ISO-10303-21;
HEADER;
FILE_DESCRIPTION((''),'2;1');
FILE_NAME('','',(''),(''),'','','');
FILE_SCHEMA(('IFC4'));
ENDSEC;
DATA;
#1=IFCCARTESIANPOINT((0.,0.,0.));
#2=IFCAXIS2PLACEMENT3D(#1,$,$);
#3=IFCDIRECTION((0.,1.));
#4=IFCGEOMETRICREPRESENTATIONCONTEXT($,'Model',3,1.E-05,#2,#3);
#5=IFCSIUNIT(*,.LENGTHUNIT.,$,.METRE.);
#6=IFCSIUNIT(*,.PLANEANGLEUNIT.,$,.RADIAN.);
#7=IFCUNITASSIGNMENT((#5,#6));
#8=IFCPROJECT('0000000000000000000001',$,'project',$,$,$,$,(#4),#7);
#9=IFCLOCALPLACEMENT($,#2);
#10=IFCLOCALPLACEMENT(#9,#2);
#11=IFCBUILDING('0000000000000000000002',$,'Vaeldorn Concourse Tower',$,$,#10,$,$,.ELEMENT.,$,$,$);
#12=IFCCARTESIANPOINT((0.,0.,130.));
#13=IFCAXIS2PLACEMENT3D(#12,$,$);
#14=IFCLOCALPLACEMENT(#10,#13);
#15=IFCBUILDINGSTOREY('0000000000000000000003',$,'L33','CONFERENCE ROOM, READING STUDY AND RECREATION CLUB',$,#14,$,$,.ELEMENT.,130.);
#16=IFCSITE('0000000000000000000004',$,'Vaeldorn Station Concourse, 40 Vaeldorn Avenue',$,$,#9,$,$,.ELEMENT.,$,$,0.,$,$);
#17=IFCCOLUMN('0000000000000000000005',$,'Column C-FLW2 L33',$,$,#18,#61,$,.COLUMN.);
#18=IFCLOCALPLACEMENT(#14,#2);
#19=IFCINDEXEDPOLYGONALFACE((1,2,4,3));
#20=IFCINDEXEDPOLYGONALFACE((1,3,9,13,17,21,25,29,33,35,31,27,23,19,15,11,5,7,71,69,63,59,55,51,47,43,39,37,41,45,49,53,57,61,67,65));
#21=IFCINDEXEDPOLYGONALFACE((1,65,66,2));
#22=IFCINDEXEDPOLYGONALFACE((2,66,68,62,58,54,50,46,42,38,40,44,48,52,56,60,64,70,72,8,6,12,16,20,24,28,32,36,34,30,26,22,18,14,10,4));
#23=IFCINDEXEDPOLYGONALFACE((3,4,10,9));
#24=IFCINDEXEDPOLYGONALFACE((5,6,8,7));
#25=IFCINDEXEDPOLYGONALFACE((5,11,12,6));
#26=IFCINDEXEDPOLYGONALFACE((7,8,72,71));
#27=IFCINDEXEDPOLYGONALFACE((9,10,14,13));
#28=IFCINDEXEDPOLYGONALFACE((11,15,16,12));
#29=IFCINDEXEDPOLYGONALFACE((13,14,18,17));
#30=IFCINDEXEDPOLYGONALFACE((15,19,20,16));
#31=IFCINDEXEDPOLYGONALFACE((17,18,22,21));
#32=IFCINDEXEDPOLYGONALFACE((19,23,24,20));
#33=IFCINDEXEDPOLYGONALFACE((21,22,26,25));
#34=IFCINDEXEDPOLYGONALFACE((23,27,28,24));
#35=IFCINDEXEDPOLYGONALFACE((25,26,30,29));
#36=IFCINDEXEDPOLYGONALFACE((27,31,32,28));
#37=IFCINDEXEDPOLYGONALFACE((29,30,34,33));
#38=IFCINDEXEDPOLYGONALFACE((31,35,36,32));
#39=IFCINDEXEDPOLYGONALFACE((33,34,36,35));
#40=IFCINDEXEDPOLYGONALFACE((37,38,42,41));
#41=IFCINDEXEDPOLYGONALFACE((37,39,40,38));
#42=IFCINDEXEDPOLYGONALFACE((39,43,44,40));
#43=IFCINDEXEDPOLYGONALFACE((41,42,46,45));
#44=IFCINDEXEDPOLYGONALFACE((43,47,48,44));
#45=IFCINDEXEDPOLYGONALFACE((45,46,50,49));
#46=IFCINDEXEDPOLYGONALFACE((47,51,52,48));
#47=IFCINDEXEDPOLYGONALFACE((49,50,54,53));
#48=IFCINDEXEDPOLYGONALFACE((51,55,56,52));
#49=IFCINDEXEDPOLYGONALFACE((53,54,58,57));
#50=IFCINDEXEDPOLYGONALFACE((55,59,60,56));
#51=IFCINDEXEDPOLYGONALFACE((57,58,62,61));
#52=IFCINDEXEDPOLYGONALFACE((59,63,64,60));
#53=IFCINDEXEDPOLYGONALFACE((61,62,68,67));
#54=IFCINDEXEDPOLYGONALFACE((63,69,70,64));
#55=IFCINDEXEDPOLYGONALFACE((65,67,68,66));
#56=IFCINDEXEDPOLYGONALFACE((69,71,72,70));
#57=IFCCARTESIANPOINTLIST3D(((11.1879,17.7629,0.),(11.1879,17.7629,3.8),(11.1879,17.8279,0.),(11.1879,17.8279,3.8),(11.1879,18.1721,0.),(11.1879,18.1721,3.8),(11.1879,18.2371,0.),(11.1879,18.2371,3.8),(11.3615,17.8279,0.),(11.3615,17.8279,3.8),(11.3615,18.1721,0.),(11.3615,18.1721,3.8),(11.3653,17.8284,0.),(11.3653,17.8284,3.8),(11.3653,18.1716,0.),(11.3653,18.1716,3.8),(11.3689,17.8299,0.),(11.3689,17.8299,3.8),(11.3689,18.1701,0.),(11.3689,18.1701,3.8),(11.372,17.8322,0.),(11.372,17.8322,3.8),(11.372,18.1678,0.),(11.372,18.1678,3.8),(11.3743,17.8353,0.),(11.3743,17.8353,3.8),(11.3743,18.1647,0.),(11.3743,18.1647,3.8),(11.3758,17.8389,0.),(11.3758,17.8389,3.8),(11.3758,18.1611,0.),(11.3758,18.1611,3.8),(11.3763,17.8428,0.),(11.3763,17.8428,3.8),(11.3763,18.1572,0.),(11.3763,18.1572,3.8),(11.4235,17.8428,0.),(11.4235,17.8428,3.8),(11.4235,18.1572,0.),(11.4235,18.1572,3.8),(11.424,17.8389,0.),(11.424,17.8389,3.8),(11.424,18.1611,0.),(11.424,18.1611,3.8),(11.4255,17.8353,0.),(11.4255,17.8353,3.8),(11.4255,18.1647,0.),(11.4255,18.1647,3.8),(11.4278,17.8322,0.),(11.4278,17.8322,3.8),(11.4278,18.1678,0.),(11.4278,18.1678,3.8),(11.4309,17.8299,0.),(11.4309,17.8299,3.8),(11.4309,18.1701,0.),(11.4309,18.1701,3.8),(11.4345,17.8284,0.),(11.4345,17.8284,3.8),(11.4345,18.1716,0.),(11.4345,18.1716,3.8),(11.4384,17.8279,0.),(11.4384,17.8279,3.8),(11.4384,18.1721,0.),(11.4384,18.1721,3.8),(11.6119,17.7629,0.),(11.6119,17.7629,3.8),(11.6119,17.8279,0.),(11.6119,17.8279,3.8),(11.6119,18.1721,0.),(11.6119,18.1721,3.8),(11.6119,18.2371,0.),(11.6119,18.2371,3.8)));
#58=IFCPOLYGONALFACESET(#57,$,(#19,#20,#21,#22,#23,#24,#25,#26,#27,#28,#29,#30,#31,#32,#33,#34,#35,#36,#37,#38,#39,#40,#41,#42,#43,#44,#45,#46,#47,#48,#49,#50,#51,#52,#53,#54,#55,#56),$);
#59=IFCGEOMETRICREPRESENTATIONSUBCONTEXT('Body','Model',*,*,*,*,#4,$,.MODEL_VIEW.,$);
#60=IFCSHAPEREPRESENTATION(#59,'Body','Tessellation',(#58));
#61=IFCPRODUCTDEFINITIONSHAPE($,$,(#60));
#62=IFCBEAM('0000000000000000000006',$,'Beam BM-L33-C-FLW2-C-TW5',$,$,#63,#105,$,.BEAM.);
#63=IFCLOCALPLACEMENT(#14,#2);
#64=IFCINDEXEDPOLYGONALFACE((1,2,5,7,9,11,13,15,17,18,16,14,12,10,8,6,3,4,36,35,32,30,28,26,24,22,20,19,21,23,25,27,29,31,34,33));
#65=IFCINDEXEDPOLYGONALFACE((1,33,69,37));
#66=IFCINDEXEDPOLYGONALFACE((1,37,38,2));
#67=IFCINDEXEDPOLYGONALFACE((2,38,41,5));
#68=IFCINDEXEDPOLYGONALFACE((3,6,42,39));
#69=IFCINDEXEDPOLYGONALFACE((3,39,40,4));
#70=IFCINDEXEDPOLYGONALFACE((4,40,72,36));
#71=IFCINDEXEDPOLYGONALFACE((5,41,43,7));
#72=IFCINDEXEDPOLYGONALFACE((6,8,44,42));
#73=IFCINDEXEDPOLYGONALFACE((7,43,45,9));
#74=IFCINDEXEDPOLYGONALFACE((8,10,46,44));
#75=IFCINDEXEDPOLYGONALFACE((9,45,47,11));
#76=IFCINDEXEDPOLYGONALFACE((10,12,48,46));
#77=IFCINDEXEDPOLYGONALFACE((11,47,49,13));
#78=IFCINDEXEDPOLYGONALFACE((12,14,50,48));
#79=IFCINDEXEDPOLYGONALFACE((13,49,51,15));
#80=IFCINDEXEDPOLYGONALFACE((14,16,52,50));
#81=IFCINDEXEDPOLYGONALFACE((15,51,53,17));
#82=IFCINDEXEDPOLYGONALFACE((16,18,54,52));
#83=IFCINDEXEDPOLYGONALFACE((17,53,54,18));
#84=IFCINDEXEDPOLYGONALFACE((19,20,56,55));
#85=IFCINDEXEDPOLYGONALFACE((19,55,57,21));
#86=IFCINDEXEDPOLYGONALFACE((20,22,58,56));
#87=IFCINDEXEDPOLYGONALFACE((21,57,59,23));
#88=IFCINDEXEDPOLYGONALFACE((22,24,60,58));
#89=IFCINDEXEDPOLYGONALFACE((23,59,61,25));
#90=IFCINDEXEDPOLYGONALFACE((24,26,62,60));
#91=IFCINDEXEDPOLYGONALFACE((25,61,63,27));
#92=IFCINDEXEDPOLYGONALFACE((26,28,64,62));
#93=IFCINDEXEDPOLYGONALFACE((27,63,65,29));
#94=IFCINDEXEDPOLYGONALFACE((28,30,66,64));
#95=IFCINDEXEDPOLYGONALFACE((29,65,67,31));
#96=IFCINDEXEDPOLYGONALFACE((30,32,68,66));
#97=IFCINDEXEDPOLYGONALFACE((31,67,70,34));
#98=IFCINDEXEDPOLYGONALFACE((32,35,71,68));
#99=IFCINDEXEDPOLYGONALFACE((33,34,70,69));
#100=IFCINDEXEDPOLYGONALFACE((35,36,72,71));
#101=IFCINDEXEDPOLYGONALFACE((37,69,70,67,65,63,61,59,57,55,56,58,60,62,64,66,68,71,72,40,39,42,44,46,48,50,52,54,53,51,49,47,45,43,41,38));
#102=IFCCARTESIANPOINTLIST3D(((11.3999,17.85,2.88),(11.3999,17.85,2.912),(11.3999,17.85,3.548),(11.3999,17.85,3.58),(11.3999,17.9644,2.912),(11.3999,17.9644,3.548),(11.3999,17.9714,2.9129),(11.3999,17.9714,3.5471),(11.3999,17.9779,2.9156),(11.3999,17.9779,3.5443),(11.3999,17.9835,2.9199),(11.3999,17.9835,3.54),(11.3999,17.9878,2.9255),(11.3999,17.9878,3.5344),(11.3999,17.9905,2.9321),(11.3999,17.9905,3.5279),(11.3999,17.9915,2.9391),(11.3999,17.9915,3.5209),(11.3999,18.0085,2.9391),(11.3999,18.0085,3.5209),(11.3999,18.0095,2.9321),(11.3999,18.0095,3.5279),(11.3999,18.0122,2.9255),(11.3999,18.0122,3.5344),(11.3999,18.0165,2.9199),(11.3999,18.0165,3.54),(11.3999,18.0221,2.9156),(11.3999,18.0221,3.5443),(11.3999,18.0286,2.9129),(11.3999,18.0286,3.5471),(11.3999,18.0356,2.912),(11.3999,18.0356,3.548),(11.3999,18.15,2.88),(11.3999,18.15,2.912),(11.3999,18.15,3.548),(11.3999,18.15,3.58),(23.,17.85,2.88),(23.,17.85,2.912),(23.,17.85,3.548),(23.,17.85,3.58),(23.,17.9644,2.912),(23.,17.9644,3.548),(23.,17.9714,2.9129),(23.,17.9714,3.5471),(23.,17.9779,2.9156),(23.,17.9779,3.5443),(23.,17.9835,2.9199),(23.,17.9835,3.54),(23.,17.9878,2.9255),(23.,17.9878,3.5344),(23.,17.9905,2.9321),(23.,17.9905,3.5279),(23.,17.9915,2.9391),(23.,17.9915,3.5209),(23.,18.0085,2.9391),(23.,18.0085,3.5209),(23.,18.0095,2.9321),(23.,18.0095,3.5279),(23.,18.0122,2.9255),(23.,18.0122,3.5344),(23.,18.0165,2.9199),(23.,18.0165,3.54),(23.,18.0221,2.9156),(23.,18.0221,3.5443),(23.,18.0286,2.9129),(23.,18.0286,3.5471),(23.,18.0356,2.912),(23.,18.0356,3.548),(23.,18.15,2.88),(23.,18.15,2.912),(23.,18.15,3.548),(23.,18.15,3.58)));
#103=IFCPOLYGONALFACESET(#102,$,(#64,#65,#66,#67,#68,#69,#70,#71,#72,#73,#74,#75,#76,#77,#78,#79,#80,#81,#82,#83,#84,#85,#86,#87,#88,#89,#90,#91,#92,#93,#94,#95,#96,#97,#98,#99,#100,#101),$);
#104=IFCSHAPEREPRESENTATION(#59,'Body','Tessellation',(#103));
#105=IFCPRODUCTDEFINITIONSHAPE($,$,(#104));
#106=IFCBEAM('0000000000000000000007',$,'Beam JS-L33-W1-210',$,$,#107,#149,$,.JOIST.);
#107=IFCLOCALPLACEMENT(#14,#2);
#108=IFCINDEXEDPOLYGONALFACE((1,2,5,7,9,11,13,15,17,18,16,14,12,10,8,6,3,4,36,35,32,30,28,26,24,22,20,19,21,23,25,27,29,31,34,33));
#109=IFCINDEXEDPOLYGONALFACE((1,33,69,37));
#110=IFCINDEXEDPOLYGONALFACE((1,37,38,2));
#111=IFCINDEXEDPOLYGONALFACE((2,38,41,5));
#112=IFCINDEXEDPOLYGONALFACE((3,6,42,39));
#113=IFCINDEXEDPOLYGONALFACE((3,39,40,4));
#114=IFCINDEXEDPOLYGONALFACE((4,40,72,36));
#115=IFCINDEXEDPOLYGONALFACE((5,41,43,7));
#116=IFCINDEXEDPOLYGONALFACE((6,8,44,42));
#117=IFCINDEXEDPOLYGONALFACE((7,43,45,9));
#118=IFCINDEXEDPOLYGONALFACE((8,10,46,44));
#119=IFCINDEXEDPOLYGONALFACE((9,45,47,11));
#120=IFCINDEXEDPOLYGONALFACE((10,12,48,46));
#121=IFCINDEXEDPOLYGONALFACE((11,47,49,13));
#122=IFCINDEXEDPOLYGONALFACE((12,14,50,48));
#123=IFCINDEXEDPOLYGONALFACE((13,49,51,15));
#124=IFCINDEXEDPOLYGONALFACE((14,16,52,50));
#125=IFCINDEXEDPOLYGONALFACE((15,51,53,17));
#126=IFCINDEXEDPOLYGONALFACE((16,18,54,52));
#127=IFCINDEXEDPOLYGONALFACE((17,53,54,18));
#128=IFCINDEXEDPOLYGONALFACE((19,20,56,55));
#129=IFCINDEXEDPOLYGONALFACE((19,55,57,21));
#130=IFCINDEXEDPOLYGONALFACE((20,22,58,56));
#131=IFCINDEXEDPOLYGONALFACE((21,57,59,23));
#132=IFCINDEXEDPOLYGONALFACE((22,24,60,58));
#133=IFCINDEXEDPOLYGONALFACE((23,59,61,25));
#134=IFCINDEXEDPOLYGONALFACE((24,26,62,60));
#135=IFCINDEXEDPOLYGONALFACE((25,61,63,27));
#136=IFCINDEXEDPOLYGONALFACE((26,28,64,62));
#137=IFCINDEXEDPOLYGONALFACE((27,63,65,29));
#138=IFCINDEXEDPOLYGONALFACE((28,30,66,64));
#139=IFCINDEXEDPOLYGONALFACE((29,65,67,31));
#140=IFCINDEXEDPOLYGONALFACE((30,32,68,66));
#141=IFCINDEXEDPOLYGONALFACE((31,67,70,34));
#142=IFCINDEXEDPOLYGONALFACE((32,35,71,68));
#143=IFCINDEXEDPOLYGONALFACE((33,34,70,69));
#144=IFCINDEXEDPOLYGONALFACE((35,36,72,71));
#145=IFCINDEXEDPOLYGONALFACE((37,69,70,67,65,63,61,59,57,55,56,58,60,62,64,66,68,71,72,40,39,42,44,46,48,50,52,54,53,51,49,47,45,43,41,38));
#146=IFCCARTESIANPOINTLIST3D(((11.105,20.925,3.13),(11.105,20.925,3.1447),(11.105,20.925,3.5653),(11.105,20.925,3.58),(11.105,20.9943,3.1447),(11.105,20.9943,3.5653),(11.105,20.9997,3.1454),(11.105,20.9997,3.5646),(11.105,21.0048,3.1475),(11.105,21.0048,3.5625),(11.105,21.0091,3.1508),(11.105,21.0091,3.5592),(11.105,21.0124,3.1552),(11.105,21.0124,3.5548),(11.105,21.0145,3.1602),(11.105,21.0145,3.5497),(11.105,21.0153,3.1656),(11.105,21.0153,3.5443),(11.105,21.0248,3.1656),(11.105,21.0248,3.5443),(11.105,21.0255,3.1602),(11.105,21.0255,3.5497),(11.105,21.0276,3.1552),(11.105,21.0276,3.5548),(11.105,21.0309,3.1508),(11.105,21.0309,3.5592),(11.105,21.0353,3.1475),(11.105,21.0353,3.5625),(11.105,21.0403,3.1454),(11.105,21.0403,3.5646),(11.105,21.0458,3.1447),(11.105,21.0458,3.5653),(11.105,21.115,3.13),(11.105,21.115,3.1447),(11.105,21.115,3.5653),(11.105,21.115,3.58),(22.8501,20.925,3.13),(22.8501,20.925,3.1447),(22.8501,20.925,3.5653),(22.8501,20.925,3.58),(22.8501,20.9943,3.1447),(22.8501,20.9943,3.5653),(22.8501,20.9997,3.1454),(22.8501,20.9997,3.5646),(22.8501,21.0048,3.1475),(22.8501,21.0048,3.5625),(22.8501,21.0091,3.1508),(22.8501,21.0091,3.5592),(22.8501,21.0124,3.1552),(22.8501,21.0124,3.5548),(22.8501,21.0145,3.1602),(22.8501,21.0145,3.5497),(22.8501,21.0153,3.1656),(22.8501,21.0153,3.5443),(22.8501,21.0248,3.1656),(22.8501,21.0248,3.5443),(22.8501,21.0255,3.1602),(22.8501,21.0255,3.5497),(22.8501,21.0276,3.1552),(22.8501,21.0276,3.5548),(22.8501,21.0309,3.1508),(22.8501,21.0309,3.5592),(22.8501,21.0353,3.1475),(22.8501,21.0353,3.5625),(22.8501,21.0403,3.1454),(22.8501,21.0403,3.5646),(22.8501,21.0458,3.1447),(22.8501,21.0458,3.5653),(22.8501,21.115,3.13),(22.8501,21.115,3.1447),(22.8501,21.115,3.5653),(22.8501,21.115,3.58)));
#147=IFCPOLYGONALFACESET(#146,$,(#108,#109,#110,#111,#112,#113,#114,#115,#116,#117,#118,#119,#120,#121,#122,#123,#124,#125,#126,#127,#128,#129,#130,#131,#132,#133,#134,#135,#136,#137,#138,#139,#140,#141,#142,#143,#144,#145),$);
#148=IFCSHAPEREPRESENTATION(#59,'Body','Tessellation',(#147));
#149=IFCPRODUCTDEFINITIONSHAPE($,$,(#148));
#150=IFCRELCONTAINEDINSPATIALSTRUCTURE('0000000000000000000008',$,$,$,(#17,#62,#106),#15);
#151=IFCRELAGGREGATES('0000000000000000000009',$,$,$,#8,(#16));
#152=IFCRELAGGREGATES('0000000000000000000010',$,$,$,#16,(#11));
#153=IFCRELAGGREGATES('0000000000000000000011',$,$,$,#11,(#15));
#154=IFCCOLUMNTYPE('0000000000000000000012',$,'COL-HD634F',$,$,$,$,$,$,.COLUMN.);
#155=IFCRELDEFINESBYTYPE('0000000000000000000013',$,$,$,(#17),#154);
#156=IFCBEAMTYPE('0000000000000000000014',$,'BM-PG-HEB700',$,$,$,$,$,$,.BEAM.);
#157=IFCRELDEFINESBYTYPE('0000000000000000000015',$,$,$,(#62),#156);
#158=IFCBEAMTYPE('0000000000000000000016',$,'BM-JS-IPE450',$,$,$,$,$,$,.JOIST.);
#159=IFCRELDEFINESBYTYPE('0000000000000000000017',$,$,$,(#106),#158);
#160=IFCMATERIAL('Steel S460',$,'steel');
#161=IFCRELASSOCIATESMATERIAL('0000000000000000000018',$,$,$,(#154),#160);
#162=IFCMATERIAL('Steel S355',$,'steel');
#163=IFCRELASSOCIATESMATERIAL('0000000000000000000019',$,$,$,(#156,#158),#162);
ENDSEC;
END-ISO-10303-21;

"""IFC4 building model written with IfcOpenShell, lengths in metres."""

from ifc_helpers import new_model, si_unit, direction, frame, origin, origin_2d, place, context, subcontext, project, spatial, i_section, extrude, source, transform, mapped, material, material_profile, profile_set, type_object, element, save


model = new_model("IFC4")

# Units and contexts
model_context = context("Model", 3, precision=1e-05, world=origin(), true_north=direction((0.0, 1.0)))
body_context = subcontext(model_context, "Body", "Model", "MODEL_VIEW")
ifc_project = project(units=[si_unit("LENGTHUNIT", "METRE"), si_unit("PLANEANGLEUNIT", "RADIAN")], contexts=[model_context])

# Site, building, storey
site_placement = place(None, origin())
site = spatial("IfcSite", under=ifc_project, at=site_placement, Name="Vaeldorn Station Concourse, 40 Vaeldorn Avenue", CompositionType="ELEMENT", RefElevation=0.0)
building_placement = place(site_placement, origin())
building = spatial("IfcBuilding", under=site, at=building_placement, Name="Vaeldorn Concourse Tower", CompositionType="ELEMENT")
storey_placement = place(building_placement, frame((0.0, 0.0, 130.0)))
storey = spatial("IfcBuildingStorey", under=building, at=storey_placement, Name="L33", Description="CONFERENCE ROOM, READING STUDY AND RECREATION CLUB", CompositionType="ELEMENT", Elevation=130.0)

# Column
ifc_material_1 = material(Name="Steel S460", Category="steel")
ifc_material_profile_1 = material_profile(ifc_material_1, i_section(OverallWidth=0.4241, OverallDepth=0.4741, WebThickness=0.0471, FlangeThickness=0.0649, FilletRadius=0.0149, at=origin_2d()), Name="HD 400x634")
ifc_profile_set_1 = profile_set([ifc_material_profile_1], Name="Steel S460")
column_type = type_object("IfcColumnType", Name="COL-HD634F", PredefinedType="COLUMN", material=ifc_profile_set_1)
shared_shape_1 = source(origin(), body_context, "Body", "SweptSolid", [
    extrude(i_section(OverallWidth=0.4241, OverallDepth=0.4741, WebThickness=0.0471, FlangeThickness=0.0649, FilletRadius=0.0149, at=origin_2d()), origin(), (0.0, 0.0, 1.0), 3.8),
])
column_placement = place(storey_placement, frame((11.3999, 18.0, 0.0), z_axis=(0.0, 0.0, 1.0), x_axis=(1.0, 0.0, 0.0)))
element("IfcColumn", 1, at=column_placement, inside=storey, type_object=column_type, Name="Column C-FLW2 L33", PredefinedType="COLUMN", context=body_context, shape_type="MappedRepresentation", body=[
    mapped(shared_shape_1, transform((0.0, 0.0, 0.0), scale=1.0)),
])

# Beams
ifc_material_2 = material(Name="Steel S355", Category="steel")
ifc_material_profile_2 = material_profile(ifc_material_2, i_section(OverallWidth=0.3, OverallDepth=0.7, WebThickness=0.0171, FlangeThickness=0.032, FilletRadius=0.0271, at=origin_2d()), Name="HEB 700")
ifc_profile_set_2 = profile_set([ifc_material_profile_2], Name="Steel S355")
beam_type_1 = type_object("IfcBeamType", Name="BM-PG-HEB700", PredefinedType="BEAM", material=ifc_profile_set_2)
shared_shape_2 = source(origin(), body_context, "Body", "SweptSolid", [
    extrude(i_section(OverallWidth=0.3, OverallDepth=0.7, WebThickness=0.0171, FlangeThickness=0.032, FilletRadius=0.0271, at=origin_2d()), origin(), (0.0, 0.0, 1.0), 11.6001),
])
beam_1_placement = place(storey_placement, frame((11.3999, 18.0, 3.23), z_axis=(1.0, 0.0, 0.0), x_axis=(0.0, 1.0, 0.0)))
element("IfcBeam", 2, at=beam_1_placement, inside=storey, type_object=beam_type_1, Name="Beam BM-L33-C-FLW2-C-TW5", PredefinedType="BEAM", context=body_context, shape_type="MappedRepresentation", body=[
    mapped(shared_shape_2, transform((0.0, 0.0, 0.0), scale=1.0)),
])
ifc_material_profile_3 = material_profile(ifc_material_2, i_section(OverallWidth=0.1899, OverallDepth=0.45, WebThickness=0.0095, FlangeThickness=0.0146, FilletRadius=0.021, at=origin_2d()), Name="IPE 450")
ifc_profile_set_3 = profile_set([ifc_material_profile_3], Name="Steel S355")
beam_type_2 = type_object("IfcBeamType", Name="BM-JS-IPE450", PredefinedType="JOIST", material=ifc_profile_set_3)
shared_shape_3 = source(origin(), body_context, "Body", "SweptSolid", [
    extrude(i_section(OverallWidth=0.1899, OverallDepth=0.45, WebThickness=0.0095, FlangeThickness=0.0146, FilletRadius=0.021, at=origin_2d()), origin(), (0.0, 0.0, 1.0), 11.7451),
])
beam_2_placement = place(storey_placement, frame((11.105, 21.02, 3.355), z_axis=(1.0, 0.0, 0.0), x_axis=(0.0, 1.0, 0.0)))
element("IfcBeam", 3, at=beam_2_placement, inside=storey, type_object=beam_type_2, Name="Beam JS-L33-W1-210", PredefinedType="JOIST", context=body_context, shape_type="MappedRepresentation", body=[
    mapped(shared_shape_3, transform((0.0, 0.0, 0.0), scale=1.0)),
])

save(model, "model.ifc")
